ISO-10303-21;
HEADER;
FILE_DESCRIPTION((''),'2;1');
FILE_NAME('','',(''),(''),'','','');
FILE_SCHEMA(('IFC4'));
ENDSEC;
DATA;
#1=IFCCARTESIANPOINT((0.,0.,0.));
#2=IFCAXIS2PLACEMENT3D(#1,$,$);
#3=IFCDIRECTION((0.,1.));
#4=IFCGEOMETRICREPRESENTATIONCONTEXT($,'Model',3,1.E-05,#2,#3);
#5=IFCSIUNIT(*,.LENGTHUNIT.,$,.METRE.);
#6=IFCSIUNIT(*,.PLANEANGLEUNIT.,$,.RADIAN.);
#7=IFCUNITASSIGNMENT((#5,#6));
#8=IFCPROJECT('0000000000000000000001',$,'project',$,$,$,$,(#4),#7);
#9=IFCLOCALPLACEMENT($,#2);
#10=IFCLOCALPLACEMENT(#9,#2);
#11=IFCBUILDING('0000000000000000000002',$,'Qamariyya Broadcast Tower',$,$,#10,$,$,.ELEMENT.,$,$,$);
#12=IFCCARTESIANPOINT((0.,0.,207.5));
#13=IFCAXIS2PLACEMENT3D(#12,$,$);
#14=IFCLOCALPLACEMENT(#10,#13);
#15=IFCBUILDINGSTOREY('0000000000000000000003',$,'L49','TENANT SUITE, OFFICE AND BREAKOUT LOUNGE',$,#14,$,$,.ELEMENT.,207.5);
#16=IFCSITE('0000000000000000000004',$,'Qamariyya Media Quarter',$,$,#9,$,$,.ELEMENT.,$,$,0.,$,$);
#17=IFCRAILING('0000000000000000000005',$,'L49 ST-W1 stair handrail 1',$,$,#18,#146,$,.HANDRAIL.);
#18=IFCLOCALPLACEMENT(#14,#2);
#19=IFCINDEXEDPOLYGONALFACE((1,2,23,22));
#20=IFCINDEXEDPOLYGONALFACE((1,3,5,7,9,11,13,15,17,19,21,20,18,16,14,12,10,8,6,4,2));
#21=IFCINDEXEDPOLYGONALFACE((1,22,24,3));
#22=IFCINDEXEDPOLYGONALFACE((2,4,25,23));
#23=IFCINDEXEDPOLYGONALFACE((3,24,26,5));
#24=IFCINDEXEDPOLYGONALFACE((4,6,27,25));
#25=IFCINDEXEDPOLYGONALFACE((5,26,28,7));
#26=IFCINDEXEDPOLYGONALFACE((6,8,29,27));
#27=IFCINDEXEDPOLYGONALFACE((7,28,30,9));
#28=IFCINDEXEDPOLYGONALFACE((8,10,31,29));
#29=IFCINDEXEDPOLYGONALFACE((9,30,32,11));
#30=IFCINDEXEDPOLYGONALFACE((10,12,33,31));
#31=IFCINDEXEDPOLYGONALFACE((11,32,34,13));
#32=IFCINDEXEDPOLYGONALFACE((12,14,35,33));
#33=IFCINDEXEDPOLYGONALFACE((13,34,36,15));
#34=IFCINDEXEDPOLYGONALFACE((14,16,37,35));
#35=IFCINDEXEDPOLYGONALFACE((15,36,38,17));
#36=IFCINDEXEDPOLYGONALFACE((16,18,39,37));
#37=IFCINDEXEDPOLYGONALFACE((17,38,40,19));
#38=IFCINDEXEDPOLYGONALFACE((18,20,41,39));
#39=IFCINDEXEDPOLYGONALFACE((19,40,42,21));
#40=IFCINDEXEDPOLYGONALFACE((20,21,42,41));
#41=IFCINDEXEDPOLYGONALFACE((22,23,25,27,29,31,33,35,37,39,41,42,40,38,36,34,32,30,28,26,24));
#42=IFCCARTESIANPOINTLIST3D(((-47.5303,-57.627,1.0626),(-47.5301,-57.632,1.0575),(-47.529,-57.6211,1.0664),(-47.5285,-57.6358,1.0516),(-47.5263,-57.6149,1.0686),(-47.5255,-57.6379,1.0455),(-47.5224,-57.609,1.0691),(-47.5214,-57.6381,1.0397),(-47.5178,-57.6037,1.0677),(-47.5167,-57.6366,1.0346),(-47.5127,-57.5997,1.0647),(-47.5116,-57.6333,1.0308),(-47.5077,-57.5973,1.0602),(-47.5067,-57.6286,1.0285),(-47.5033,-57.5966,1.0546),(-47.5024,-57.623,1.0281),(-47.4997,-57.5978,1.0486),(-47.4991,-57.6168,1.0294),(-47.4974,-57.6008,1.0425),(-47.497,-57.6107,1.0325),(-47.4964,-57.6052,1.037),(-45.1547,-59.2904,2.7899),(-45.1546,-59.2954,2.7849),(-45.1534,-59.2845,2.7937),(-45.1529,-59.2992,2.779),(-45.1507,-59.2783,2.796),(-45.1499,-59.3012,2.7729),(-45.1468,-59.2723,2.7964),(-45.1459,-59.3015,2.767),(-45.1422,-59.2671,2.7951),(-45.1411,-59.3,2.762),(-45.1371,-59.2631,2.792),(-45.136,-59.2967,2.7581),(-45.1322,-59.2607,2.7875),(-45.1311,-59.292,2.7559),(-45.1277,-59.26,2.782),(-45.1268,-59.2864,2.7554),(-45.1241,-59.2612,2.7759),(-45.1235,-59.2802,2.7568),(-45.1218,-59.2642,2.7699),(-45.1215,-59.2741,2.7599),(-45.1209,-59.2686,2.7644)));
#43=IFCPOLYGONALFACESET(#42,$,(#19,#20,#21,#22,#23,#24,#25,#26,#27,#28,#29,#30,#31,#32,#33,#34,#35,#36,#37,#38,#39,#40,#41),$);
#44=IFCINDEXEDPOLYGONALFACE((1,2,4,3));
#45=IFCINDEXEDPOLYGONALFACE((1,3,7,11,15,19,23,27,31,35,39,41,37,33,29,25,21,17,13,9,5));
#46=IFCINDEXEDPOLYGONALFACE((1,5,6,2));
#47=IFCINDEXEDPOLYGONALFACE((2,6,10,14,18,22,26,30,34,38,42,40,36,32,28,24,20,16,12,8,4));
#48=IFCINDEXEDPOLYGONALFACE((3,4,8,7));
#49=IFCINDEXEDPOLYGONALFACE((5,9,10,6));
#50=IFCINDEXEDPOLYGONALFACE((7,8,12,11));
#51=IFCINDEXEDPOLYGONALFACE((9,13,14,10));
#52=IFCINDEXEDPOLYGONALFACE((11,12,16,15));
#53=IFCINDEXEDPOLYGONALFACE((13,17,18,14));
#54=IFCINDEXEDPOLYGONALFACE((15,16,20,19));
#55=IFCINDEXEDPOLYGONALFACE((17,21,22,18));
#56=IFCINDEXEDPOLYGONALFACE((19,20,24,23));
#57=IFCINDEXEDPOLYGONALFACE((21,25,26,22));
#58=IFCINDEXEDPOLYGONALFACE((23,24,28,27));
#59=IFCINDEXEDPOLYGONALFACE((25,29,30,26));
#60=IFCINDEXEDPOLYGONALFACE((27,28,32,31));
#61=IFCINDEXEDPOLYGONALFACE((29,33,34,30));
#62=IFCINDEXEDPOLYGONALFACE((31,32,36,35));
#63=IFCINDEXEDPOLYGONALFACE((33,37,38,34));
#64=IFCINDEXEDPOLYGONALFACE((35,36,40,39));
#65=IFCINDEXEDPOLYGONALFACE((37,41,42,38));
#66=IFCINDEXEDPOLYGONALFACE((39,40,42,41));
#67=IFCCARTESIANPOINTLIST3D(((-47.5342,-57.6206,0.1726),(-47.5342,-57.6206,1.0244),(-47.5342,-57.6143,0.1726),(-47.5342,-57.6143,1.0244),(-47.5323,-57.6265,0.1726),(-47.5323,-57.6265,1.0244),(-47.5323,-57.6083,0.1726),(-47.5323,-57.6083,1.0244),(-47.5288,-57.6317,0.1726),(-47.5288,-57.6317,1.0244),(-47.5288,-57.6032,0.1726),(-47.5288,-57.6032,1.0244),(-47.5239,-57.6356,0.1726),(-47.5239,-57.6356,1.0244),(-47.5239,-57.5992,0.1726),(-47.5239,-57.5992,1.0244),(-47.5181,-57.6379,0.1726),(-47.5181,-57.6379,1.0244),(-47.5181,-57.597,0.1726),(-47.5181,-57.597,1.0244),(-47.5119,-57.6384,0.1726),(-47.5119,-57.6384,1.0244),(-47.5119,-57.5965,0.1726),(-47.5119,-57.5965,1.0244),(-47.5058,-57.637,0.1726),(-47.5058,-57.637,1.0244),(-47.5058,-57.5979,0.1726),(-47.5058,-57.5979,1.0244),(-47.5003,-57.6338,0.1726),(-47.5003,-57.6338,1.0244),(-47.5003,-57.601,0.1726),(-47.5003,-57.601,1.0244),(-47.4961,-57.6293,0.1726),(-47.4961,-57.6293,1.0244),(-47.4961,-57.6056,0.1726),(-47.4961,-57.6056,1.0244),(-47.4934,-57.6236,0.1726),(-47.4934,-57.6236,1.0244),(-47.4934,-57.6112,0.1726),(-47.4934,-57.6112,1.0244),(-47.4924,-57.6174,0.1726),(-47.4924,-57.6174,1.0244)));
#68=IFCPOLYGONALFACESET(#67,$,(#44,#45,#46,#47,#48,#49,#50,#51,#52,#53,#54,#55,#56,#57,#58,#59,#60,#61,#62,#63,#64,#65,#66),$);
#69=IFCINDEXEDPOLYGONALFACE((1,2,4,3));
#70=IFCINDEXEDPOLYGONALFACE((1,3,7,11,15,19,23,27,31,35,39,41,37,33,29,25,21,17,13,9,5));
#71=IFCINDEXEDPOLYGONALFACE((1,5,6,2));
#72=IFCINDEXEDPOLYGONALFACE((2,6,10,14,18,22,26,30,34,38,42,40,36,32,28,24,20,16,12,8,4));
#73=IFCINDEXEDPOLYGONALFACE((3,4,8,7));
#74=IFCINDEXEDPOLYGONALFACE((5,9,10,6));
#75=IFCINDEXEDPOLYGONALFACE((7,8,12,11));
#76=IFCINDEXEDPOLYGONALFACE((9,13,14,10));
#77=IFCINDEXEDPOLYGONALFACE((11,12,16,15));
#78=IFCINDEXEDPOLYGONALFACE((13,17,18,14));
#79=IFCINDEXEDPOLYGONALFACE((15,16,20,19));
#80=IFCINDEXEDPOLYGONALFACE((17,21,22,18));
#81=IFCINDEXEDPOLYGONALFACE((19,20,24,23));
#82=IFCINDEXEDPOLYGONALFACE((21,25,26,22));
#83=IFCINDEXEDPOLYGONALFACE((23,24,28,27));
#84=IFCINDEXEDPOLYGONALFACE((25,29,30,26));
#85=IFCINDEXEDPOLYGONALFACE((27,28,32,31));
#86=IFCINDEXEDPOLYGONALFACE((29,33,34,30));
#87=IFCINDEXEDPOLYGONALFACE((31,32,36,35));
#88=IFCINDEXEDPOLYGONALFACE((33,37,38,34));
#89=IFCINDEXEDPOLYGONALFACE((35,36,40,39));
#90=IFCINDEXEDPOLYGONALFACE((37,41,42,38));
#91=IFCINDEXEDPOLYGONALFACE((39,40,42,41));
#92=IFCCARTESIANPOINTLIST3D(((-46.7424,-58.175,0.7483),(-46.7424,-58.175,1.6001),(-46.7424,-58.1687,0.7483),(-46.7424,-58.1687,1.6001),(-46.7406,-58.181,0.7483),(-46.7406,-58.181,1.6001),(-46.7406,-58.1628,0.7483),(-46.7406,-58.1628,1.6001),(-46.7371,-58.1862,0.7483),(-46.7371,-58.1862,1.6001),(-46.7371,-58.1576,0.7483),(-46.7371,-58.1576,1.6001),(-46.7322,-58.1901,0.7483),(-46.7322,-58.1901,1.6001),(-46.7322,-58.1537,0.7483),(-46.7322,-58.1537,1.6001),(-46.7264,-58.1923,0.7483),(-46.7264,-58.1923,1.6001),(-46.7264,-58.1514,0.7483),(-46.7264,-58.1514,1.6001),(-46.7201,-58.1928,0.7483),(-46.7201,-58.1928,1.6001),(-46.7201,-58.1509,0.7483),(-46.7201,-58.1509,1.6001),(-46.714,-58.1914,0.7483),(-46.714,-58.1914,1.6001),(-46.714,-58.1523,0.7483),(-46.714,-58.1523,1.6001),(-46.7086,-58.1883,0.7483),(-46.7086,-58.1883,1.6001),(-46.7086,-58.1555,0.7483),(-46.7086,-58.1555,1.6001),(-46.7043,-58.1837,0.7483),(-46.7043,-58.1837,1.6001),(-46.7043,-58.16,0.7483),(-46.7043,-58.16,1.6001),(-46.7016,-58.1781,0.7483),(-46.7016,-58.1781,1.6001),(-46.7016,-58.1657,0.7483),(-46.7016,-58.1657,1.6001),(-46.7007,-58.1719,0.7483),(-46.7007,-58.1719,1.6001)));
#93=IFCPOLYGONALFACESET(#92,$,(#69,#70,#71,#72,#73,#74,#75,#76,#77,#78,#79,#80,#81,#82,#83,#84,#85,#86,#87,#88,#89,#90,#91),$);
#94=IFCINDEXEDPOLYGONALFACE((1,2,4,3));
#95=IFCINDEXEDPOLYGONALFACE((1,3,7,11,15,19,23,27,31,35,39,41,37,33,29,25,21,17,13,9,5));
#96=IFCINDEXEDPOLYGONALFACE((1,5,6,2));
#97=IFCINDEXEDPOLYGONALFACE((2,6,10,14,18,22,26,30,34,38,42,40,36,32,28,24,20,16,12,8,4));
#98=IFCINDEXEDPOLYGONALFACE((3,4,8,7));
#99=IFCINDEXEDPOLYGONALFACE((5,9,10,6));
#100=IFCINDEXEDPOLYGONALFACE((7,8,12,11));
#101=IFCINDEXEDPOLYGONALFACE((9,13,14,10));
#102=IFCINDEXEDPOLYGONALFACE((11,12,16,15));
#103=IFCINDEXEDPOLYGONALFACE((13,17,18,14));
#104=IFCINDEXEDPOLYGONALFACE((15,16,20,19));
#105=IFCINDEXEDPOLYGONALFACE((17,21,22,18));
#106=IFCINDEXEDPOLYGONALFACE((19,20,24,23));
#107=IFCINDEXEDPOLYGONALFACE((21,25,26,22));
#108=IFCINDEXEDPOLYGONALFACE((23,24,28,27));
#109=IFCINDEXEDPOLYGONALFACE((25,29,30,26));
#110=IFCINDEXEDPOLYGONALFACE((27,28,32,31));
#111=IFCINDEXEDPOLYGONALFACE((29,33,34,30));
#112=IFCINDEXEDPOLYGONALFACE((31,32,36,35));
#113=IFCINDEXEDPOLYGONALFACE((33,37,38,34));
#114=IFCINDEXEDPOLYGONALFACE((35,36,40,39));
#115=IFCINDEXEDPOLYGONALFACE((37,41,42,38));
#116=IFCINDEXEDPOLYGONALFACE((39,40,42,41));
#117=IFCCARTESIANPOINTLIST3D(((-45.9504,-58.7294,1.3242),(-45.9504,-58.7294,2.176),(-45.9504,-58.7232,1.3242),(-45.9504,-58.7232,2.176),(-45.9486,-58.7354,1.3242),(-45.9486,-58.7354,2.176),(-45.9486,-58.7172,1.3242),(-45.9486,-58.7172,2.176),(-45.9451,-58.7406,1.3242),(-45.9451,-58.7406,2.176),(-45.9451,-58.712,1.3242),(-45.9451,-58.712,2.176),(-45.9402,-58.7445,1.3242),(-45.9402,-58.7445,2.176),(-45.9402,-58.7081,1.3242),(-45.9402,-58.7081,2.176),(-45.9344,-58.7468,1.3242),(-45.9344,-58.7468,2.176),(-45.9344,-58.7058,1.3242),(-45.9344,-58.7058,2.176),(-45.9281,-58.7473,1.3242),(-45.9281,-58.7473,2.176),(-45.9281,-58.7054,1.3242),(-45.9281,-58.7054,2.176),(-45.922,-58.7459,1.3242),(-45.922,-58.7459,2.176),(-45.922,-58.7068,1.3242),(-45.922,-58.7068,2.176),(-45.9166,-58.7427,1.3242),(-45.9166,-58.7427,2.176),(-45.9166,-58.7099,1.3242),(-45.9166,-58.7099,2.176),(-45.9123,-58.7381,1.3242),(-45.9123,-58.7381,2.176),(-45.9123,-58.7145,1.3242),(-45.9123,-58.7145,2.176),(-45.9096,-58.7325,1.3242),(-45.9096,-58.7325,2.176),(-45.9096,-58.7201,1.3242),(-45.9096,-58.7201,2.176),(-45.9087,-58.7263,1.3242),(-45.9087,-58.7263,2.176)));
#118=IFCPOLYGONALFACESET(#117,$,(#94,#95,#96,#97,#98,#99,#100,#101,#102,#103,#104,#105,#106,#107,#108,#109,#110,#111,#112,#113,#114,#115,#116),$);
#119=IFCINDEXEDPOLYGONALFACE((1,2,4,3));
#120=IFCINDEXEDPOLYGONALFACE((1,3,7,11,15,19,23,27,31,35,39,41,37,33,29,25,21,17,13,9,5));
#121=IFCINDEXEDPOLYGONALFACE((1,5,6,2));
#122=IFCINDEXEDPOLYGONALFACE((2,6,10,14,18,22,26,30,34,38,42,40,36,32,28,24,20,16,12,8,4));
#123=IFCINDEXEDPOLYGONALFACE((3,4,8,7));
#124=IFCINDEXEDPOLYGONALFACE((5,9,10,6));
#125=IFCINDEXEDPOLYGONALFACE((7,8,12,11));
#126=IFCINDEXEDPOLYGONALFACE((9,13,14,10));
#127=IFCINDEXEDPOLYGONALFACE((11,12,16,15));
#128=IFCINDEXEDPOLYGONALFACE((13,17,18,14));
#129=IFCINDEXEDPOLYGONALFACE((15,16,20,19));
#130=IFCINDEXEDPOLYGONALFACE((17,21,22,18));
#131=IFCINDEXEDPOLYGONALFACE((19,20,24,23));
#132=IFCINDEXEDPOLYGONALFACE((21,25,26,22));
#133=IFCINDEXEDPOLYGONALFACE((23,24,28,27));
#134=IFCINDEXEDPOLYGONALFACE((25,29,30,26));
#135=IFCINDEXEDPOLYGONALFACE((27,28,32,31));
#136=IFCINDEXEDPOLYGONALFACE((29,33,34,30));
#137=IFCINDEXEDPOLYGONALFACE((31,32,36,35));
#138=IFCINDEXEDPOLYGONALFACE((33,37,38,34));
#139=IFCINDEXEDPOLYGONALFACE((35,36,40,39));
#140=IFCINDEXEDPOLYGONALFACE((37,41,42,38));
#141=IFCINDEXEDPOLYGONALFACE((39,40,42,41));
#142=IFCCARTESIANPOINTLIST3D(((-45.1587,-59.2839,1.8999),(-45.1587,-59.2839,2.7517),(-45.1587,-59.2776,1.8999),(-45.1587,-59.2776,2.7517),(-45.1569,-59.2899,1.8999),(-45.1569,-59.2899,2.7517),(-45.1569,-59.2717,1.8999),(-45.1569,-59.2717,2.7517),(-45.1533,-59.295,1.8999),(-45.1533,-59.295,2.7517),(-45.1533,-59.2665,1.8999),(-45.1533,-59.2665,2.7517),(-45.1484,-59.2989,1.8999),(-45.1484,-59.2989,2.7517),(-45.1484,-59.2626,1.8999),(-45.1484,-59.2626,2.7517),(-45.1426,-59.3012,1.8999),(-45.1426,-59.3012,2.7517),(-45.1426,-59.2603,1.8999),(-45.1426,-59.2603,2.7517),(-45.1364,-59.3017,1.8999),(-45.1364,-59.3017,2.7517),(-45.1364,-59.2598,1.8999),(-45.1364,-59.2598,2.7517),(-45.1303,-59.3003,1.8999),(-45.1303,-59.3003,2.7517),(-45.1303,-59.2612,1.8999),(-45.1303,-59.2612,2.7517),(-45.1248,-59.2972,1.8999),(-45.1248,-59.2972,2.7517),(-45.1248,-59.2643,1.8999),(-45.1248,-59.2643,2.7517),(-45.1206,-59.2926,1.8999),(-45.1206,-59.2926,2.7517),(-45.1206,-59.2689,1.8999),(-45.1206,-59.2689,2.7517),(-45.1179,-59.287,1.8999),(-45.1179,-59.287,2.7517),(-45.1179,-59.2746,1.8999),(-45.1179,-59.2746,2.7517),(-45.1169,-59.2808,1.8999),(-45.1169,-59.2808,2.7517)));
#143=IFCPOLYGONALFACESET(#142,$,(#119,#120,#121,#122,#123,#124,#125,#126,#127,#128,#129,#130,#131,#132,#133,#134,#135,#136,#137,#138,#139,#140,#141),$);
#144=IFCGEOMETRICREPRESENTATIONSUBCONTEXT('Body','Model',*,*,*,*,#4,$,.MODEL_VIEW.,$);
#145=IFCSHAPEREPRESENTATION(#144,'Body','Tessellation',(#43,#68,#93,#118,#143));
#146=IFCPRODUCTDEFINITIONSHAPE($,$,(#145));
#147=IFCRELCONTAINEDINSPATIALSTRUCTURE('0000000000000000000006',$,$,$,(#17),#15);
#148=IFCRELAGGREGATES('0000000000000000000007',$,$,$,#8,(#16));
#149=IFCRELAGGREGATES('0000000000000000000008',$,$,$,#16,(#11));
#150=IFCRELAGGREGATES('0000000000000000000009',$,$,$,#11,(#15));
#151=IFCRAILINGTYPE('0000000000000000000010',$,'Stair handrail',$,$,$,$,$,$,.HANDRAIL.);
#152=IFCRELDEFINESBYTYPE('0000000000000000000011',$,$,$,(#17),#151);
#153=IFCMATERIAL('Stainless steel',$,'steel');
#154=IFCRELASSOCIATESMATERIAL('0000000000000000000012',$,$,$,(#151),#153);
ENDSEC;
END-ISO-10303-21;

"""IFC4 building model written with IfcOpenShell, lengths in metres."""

from ifc_helpers import new_model, si_unit, direction, frame, origin, origin_2d, place, context, subcontext, project, spatial, circle, extrude, material, type_object, element, save


model = new_model("IFC4")

# Units and contexts
model_context = context("Model", 3, precision=1e-05, world=origin(), true_north=direction((0.0, 1.0)))
body_context = subcontext(model_context, "Body", "Model", "MODEL_VIEW")
ifc_project = project(units=[si_unit("LENGTHUNIT", "METRE"), si_unit("PLANEANGLEUNIT", "RADIAN")], contexts=[model_context])

# Site, building, storey
site_placement = place(None, origin())
site = spatial("IfcSite", under=ifc_project, at=site_placement, Name="Qamariyya Media Quarter", CompositionType="ELEMENT", RefElevation=0.0)
building_placement = place(site_placement, origin())
building = spatial("IfcBuilding", under=site, at=building_placement, Name="Qamariyya Broadcast Tower", CompositionType="ELEMENT")
storey_placement = place(building_placement, frame((0.0, 0.0, 207.5)))
storey = spatial("IfcBuildingStorey", under=building, at=storey_placement, Name="L49", Description="TENANT SUITE, OFFICE AND BREAKOUT LOUNGE", CompositionType="ELEMENT", Elevation=207.5)

# Railing
ifc_material_1 = material(Name="Stainless steel", Category="steel")
railing_type_1 = type_object("IfcRailingType", Name="Stair handrail", PredefinedType="HANDRAIL", material=ifc_material_1)
railing_1_placement = place(storey_placement, frame((-47.5134, -57.6174, 0.1726)))
element("IfcRailing", 1, at=railing_1_placement, inside=storey, type_object=railing_type_1, Name="L49 ST-W1 stair handrail 1", PredefinedType="HANDRAIL", context=body_context, shape_type="SweptSolid", body=[
    extrude(circle(Radius=0.0239, at=origin_2d()), frame((0.0, 0.0, 0.876), z_axis=(0.70377, -0.492784, 0.511734), x_axis=(0.573575, 0.819153, 0.0)), (0.0, 0.0, 1.0), 3.3755),
    extrude(circle(Radius=0.021, at=origin_2d()), origin(), (0.0, 0.0, 1.0), 0.8518),
    extrude(circle(Radius=0.021, at=origin_2d()), frame((0.7917, -0.5544, 0.5757)), (0.0, 0.0, 1.0), 0.8518),
    extrude(circle(Radius=0.021, at=origin_2d()), frame((1.5837, -1.1089, 1.1516)), (0.0, 0.0, 1.0), 0.8518),
    extrude(circle(Radius=0.021, at=origin_2d()), frame((2.3755, -1.6633, 1.7273)), (0.0, 0.0, 1.0), 0.8518),
])

save(model, "model.ifc")
